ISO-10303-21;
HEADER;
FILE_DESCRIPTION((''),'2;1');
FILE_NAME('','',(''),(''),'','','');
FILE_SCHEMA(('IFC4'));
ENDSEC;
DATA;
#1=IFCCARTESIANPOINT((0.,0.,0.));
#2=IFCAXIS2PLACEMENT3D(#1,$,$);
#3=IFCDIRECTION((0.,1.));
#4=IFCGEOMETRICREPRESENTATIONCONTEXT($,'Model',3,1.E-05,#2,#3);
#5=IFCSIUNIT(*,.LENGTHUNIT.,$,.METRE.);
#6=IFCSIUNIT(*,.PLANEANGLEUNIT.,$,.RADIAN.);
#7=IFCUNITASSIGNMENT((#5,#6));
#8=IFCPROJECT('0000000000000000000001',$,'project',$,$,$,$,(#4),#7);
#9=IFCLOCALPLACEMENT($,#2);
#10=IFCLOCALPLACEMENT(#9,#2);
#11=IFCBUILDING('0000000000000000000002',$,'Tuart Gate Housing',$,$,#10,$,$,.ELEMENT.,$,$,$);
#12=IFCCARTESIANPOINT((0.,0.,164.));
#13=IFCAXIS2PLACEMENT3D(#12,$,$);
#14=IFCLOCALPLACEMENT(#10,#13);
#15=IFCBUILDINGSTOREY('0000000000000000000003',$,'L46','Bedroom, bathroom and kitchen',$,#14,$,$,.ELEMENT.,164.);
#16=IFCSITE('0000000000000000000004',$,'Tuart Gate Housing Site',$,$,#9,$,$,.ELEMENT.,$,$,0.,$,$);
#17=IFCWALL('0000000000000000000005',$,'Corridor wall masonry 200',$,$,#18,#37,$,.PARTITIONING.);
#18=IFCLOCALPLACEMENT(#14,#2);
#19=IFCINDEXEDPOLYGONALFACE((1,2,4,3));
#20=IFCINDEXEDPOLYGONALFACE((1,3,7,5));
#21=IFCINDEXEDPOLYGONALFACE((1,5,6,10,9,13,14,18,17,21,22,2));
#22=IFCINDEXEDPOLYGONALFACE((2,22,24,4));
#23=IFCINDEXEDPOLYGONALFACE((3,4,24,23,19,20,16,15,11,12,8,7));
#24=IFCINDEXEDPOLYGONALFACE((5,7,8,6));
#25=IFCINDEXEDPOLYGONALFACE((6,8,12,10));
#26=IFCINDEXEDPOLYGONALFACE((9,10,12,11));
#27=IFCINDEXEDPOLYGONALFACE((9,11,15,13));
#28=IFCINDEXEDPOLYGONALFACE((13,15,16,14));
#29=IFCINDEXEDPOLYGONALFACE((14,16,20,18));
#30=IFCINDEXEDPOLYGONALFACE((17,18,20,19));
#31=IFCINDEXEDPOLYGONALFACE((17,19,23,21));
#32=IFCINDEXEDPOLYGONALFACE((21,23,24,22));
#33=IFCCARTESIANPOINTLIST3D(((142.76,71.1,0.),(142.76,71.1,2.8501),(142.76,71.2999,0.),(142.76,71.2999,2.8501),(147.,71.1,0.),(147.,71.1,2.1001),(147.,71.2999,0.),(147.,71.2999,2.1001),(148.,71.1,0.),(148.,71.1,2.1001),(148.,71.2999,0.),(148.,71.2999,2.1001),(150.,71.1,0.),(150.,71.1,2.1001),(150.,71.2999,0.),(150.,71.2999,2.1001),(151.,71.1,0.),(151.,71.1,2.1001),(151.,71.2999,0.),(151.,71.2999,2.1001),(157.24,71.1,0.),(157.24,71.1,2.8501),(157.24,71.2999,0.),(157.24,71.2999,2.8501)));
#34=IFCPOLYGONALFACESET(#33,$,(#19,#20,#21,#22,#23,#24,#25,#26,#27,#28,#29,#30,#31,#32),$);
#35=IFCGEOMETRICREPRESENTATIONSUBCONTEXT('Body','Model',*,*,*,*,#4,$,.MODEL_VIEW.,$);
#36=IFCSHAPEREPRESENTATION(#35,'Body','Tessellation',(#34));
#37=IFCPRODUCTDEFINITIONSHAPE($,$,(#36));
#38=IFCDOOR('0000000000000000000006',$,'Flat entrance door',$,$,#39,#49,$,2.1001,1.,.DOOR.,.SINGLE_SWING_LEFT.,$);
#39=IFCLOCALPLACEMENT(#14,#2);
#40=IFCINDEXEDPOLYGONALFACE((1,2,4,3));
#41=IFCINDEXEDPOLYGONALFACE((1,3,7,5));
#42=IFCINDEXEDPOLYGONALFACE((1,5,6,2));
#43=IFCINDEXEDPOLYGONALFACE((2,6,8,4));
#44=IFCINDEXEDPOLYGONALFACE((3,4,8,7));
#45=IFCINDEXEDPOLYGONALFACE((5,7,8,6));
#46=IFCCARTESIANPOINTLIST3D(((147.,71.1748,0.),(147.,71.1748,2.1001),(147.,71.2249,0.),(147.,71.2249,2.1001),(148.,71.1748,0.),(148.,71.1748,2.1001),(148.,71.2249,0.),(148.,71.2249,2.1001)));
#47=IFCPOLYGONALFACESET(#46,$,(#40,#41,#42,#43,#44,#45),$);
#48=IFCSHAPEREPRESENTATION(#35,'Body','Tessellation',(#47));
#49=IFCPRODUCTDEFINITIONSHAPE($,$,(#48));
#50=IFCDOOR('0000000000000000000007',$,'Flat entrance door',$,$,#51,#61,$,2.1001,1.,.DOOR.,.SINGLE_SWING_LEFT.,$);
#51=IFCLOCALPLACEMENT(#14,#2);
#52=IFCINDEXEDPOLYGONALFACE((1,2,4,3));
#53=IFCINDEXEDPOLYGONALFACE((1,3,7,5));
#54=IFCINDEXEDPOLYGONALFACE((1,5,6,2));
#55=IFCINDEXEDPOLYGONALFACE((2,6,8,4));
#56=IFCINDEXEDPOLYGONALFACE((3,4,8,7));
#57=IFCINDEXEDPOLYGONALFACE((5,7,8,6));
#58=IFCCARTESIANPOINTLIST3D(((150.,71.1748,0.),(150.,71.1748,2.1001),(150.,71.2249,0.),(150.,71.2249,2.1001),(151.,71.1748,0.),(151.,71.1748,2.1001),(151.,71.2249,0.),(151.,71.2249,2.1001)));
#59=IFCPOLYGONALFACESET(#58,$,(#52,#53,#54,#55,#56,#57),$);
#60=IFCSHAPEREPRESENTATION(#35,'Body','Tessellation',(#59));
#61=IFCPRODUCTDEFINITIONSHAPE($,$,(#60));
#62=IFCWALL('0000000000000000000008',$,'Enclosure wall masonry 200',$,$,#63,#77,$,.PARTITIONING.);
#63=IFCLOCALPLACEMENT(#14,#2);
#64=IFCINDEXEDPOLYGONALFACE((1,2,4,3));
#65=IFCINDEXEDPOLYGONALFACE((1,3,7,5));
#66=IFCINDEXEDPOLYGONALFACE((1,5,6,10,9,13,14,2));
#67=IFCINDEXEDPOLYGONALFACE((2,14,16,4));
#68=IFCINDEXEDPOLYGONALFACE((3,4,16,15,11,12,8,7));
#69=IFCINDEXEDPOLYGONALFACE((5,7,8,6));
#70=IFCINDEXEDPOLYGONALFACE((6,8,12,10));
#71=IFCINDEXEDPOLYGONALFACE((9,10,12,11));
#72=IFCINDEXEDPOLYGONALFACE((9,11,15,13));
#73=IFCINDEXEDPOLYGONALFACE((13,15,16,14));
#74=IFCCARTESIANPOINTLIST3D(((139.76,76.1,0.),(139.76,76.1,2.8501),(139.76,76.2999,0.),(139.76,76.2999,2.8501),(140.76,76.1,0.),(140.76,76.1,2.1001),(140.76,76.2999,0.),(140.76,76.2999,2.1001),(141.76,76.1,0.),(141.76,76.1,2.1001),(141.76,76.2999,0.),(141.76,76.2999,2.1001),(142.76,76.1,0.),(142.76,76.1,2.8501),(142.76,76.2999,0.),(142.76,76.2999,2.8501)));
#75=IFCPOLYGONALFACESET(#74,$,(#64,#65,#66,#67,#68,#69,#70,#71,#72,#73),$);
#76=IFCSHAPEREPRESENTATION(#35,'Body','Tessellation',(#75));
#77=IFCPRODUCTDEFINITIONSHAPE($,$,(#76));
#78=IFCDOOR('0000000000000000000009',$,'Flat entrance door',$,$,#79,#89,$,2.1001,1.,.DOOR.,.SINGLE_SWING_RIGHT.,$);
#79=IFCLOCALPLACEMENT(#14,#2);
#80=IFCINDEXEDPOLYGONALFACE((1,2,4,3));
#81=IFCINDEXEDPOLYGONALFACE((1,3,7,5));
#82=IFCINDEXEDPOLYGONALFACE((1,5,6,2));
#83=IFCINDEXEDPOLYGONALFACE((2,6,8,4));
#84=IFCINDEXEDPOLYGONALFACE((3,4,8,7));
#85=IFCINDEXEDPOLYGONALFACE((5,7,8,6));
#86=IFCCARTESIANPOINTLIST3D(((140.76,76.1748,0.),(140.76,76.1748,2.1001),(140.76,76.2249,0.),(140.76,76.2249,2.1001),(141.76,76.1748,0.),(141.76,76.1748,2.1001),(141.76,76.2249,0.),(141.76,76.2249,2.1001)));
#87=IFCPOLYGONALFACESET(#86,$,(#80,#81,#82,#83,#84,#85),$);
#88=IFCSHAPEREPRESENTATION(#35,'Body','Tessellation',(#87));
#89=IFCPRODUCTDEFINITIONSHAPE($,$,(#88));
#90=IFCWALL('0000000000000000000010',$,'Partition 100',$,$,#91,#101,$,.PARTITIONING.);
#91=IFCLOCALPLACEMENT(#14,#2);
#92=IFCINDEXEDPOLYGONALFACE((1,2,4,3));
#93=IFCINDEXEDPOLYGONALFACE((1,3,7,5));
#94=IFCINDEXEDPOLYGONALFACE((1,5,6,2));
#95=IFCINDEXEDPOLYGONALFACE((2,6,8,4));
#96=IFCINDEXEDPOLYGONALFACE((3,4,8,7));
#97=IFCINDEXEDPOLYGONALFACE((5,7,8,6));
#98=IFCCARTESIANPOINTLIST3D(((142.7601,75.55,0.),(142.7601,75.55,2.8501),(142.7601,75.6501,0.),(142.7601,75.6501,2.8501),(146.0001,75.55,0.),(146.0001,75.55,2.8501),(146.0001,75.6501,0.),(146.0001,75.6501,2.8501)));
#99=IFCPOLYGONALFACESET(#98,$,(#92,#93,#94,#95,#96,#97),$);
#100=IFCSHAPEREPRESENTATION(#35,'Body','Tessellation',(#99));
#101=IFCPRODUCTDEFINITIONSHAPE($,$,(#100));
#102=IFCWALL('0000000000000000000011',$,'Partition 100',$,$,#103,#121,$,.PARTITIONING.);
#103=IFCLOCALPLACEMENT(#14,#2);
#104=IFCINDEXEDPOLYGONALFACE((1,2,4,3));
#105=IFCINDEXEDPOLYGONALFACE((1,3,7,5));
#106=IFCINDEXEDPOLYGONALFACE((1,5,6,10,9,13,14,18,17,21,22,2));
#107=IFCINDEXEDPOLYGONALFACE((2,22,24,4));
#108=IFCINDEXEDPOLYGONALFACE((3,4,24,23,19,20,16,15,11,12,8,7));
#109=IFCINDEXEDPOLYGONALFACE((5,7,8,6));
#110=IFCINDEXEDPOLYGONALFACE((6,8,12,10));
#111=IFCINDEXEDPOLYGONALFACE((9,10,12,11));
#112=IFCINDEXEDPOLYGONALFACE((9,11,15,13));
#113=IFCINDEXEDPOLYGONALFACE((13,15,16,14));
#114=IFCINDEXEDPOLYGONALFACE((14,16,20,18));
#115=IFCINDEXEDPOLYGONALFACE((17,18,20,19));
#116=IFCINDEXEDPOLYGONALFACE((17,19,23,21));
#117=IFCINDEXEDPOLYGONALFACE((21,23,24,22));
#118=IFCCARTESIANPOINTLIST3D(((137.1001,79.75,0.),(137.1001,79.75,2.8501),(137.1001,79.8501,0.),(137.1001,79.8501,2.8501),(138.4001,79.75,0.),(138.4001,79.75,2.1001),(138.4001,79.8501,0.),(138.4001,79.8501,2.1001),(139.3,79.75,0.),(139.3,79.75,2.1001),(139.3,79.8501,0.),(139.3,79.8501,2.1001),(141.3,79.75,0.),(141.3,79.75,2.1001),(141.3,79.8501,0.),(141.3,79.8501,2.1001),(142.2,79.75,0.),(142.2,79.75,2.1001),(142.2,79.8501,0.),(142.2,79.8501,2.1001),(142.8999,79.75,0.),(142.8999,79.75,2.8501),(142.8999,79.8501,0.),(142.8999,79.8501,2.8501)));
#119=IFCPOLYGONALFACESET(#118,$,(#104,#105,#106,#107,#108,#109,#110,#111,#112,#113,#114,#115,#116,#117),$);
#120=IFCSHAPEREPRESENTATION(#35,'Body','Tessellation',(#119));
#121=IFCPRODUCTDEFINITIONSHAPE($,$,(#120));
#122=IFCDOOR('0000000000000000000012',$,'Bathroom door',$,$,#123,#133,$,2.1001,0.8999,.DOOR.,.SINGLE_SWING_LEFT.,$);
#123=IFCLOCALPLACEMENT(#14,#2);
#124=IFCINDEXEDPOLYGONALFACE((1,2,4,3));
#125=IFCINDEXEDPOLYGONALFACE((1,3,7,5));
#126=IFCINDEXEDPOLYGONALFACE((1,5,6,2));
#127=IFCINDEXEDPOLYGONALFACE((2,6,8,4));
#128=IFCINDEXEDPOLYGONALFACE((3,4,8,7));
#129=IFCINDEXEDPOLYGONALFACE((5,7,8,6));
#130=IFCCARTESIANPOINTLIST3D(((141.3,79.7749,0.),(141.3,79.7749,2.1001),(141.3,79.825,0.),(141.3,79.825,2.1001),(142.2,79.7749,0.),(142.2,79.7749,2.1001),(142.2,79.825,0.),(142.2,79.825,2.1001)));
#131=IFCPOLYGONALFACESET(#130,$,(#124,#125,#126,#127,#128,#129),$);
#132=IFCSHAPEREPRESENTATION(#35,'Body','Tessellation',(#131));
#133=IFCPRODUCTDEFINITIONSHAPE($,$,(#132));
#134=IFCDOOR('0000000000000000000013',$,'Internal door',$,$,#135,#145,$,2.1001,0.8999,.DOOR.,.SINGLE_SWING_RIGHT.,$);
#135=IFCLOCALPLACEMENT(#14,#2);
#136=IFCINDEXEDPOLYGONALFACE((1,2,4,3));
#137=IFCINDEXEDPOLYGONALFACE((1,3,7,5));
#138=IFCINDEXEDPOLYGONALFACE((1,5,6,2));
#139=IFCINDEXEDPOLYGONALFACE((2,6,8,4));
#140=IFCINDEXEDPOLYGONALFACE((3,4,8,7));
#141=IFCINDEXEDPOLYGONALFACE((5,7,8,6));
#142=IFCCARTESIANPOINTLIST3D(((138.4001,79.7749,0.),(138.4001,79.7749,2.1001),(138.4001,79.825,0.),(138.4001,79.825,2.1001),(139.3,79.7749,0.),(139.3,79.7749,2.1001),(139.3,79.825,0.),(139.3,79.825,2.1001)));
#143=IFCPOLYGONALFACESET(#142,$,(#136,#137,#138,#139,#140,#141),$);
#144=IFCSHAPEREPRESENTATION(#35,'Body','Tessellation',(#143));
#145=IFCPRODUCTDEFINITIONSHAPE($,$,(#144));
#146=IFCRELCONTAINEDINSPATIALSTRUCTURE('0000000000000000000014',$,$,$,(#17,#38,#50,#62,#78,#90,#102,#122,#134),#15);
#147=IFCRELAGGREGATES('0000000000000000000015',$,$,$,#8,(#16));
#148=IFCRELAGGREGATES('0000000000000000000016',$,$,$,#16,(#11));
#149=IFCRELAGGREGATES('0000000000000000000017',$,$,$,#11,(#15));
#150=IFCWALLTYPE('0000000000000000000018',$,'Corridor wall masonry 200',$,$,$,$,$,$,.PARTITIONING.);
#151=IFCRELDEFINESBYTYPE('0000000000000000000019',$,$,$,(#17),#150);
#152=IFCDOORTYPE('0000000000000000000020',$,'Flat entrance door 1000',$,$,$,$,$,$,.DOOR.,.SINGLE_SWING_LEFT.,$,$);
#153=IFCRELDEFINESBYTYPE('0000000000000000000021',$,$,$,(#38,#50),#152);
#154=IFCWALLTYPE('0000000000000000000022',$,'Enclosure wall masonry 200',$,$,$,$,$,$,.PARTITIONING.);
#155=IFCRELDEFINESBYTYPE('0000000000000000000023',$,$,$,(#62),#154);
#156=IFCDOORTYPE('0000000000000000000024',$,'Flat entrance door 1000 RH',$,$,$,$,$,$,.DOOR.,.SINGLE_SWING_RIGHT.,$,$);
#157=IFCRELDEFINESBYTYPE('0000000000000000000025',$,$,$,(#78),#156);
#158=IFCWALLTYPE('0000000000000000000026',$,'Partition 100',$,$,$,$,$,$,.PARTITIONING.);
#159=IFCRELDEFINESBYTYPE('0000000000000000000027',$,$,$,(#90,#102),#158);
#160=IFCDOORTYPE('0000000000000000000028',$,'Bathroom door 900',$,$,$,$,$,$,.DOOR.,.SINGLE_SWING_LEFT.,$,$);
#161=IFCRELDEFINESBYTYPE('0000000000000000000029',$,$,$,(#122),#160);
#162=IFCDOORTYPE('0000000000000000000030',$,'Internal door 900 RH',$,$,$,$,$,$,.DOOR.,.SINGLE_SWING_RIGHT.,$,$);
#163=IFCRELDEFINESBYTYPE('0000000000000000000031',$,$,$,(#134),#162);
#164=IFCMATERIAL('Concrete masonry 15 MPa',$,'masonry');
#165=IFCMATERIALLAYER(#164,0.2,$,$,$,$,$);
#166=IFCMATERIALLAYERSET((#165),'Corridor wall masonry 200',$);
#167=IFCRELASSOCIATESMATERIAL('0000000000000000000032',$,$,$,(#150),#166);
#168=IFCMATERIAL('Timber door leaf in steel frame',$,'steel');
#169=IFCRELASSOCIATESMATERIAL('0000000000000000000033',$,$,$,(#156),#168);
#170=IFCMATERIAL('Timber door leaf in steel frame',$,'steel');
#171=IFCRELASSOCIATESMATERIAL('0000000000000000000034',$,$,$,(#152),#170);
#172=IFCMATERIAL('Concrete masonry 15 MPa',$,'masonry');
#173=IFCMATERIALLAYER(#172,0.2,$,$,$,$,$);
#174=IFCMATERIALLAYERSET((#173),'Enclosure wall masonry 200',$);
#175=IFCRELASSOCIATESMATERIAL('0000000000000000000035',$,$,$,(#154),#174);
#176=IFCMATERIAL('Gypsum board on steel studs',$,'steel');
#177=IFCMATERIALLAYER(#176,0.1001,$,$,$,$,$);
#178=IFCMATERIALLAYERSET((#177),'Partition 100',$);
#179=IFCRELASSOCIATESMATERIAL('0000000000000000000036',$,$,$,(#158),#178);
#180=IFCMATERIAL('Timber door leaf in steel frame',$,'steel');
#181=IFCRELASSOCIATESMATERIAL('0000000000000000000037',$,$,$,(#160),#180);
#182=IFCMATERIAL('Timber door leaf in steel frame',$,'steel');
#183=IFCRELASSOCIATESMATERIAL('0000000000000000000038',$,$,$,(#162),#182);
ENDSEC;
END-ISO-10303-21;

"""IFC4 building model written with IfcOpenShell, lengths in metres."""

from ifc_helpers import new_model, si_unit, direction, frame, frame_2d, origin, place, context, subcontext, project, spatial, rectangle, extrude, material, layer, layer_set, type_object, element, fill, save


model = new_model("IFC4")

# Units and contexts
model_context = context("Model", 3, precision=1e-05, world=origin(), true_north=direction((0.0, 1.0)))
body_context = subcontext(model_context, "Body", "Model", "MODEL_VIEW")
ifc_project = project(units=[si_unit("LENGTHUNIT", "METRE"), si_unit("PLANEANGLEUNIT", "RADIAN")], contexts=[model_context])

# Site, building, storey
site_placement = place(None, origin())
site = spatial("IfcSite", under=ifc_project, at=site_placement, Name="Tuart Gate Housing Site", CompositionType="ELEMENT", RefElevation=0.0)
building_placement = place(site_placement, origin())
building = spatial("IfcBuilding", under=site, at=building_placement, Name="Tuart Gate Housing", CompositionType="ELEMENT")
storey_placement = place(building_placement, frame((0.0, 0.0, 164.0)))
storey = spatial("IfcBuildingStorey", under=building, at=storey_placement, Name="L46", Description="Bedroom, bathroom and kitchen", CompositionType="ELEMENT", Elevation=164.0)

# Wall, openings, doors
ifc_material_1 = material(Name="Concrete masonry 15 MPa", Category="masonry")
ifc_layer_1 = layer(ifc_material_1, 0.2)
ifc_layer_set_1 = layer_set([ifc_layer_1], Name="Corridor wall masonry 200")
wall_type_1 = type_object("IfcWallType", Name="Corridor wall masonry 200", PredefinedType="PARTITIONING", material=ifc_layer_set_1)
ifc_material_2 = material(Name="Timber door leaf in steel frame", Category="steel")
door_type_1 = type_object("IfcDoorType", Name="Flat entrance door 1000 RH", OperationType="SINGLE_SWING_RIGHT", PredefinedType="DOOR", material=ifc_material_2)
wall_1_placement = place(storey_placement, frame((142.76, 71.2, 0.0), z_axis=(0.0, 0.0, 1.0), x_axis=(1.0, 0.0, 0.0)))
wall_1 = element("IfcWall", 1, at=wall_1_placement, inside=storey, type_object=wall_type_1, Name="Corridor wall masonry 200", PredefinedType="PARTITIONING", context=body_context, shape_type="SweptSolid", body=[
    extrude(rectangle(XDim=14.48, YDim=0.2, at=frame_2d((7.24, 0.0))), origin(), (0.0, 0.0, 1.0), 2.8501),
])
opening_1_placement = place(wall_1_placement, frame((4.24, 0.0, 0.0)))
opening_1 = element("IfcOpeningElement", 2, at=opening_1_placement, cuts=wall_1, PredefinedType="OPENING", context=body_context, shape_type="SweptSolid", body=[
    extrude(rectangle(XDim=1.0, YDim=2.1001, at=frame_2d((0.5, 1.05))), frame((0.0, 0.1099, 0.0), z_axis=(0.0, -1.0, 0.0), x_axis=(1.0, 0.0, 0.0)), (0.0, 0.0, 1.0), 0.22),
])
opening_2_placement = place(wall_1_placement, frame((7.24, 0.0, 0.0)))
opening_2 = element("IfcOpeningElement", 3, at=opening_2_placement, cuts=wall_1, PredefinedType="OPENING", context=body_context, shape_type="SweptSolid", body=[
    extrude(rectangle(XDim=1.0, YDim=2.1001, at=frame_2d((0.5, 1.05))), frame((0.0, 0.1099, 0.0), z_axis=(0.0, -1.0, 0.0), x_axis=(1.0, 0.0, 0.0)), (0.0, 0.0, 1.0), 0.22),
])
ifc_material_3 = material(Name="Timber door leaf in steel frame", Category="steel")
door_type_2 = type_object("IfcDoorType", Name="Flat entrance door 1000", OperationType="SINGLE_SWING_LEFT", PredefinedType="DOOR", material=ifc_material_3)
door_1_placement = place(opening_1_placement, origin())
door_1 = element("IfcDoor", 4, at=door_1_placement, inside=storey, type_object=door_type_2, Name="Flat entrance door", OperationType="SINGLE_SWING_LEFT", OverallHeight=2.1001, OverallWidth=1.0, PredefinedType="DOOR", context=body_context, shape_type="SweptSolid", body=[
    extrude(rectangle(XDim=1.0, YDim=2.1001, at=frame_2d((0.5, 1.05))), frame((0.0, 0.0249, 0.0), z_axis=(0.0, -1.0, 0.0), x_axis=(1.0, 0.0, 0.0)), (0.0, 0.0, 1.0), 0.05),
])
fill(opening_1, door_1)
door_2_placement = place(opening_2_placement, origin())
door_2 = element("IfcDoor", 5, at=door_2_placement, inside=storey, type_object=door_type_2, Name="Flat entrance door", OperationType="SINGLE_SWING_LEFT", OverallHeight=2.1001, OverallWidth=1.0, PredefinedType="DOOR", context=body_context, shape_type="SweptSolid", body=[
    extrude(rectangle(XDim=1.0, YDim=2.1001, at=frame_2d((0.5, 1.05))), frame((0.0, 0.0249, 0.0), z_axis=(0.0, -1.0, 0.0), x_axis=(1.0, 0.0, 0.0)), (0.0, 0.0, 1.0), 0.05),
])
fill(opening_2, door_2)

# Wall, opening, door
ifc_material_4 = material(Name="Concrete masonry 15 MPa", Category="masonry")
ifc_layer_2 = layer(ifc_material_4, 0.2)
ifc_layer_set_2 = layer_set([ifc_layer_2], Name="Enclosure wall masonry 200")
wall_type_2 = type_object("IfcWallType", Name="Enclosure wall masonry 200", PredefinedType="PARTITIONING", material=ifc_layer_set_2)
wall_2_placement = place(storey_placement, frame((139.76, 76.2, 0.0), z_axis=(0.0, 0.0, 1.0), x_axis=(1.0, 0.0, 0.0)))
wall_2 = element("IfcWall", 6, at=wall_2_placement, inside=storey, type_object=wall_type_2, Name="Enclosure wall masonry 200", PredefinedType="PARTITIONING", context=body_context, shape_type="SweptSolid", body=[
    extrude(rectangle(XDim=3.0, YDim=0.2, at=frame_2d((1.5, 0.0))), origin(), (0.0, 0.0, 1.0), 2.8501),
])
opening_3_placement = place(wall_2_placement, frame((1.0, 0.0, 0.0)))
opening_3 = element("IfcOpeningElement", 7, at=opening_3_placement, cuts=wall_2, PredefinedType="OPENING", context=body_context, shape_type="SweptSolid", body=[
    extrude(rectangle(XDim=1.0, YDim=2.1001, at=frame_2d((0.5, 1.05))), frame((0.0, 0.1099, 0.0), z_axis=(0.0, -1.0, 0.0), x_axis=(1.0, 0.0, 0.0)), (0.0, 0.0, 1.0), 0.22),
])
door_3_placement = place(opening_3_placement, origin())
door_3 = element("IfcDoor", 8, at=door_3_placement, inside=storey, type_object=door_type_1, Name="Flat entrance door", OperationType="SINGLE_SWING_RIGHT", OverallHeight=2.1001, OverallWidth=1.0, PredefinedType="DOOR", context=body_context, shape_type="SweptSolid", body=[
    extrude(rectangle(XDim=1.0, YDim=2.1001, at=frame_2d((0.5, 1.05))), frame((0.0, 0.0249, 0.0), z_axis=(0.0, -1.0, 0.0), x_axis=(1.0, 0.0, 0.0)), (0.0, 0.0, 1.0), 0.05),
])
fill(opening_3, door_3)

# Wall
ifc_material_5 = material(Name="Gypsum board on steel studs", Category="steel")
ifc_layer_3 = layer(ifc_material_5, 0.1001)
ifc_layer_set_3 = layer_set([ifc_layer_3], Name="Partition 100")
wall_type_3 = type_object("IfcWallType", Name="Partition 100", PredefinedType="PARTITIONING", material=ifc_layer_set_3)
wall_3_placement = place(storey_placement, frame((142.76, 75.6001, 0.0), z_axis=(0.0, 0.0, 1.0), x_axis=(1.0, 0.0, 0.0)))
element("IfcWall", 9, at=wall_3_placement, inside=storey, type_object=wall_type_3, Name="Partition 100", PredefinedType="PARTITIONING", context=body_context, shape_type="SweptSolid", body=[
    extrude(rectangle(XDim=3.24, YDim=0.1001, at=frame_2d((1.6201, 0.0))), origin(), (0.0, 0.0, 1.0), 2.8501),
])

# Wall, openings, doors
wall_4_placement = place(storey_placement, frame((137.1001, 79.8, 0.0), z_axis=(0.0, 0.0, 1.0), x_axis=(1.0, 0.0, 0.0)))
wall_4 = element("IfcWall", 10, at=wall_4_placement, inside=storey, type_object=wall_type_3, Name="Partition 100", PredefinedType="PARTITIONING", context=body_context, shape_type="SweptSolid", body=[
    extrude(rectangle(XDim=5.7998, YDim=0.1001, at=frame_2d((2.8999, 0.0))), origin(), (0.0, 0.0, 1.0), 2.8501),
])
opening_4_placement = place(wall_4_placement, frame((1.3, 0.0, 0.0)))
opening_4 = element("IfcOpeningElement", 11, at=opening_4_placement, cuts=wall_4, PredefinedType="OPENING", context=body_context, shape_type="SweptSolid", body=[
    extrude(rectangle(XDim=0.8999, YDim=2.1001, at=frame_2d((0.45, 1.05))), frame((0.0, 0.0601, 0.0), z_axis=(0.0, -1.0, 0.0), x_axis=(1.0, 0.0, 0.0)), (0.0, 0.0, 1.0), 0.1201),
])
opening_5_placement = place(wall_4_placement, frame((4.2, 0.0, 0.0)))
opening_5 = element("IfcOpeningElement", 12, at=opening_5_placement, cuts=wall_4, PredefinedType="OPENING", context=body_context, shape_type="SweptSolid", body=[
    extrude(rectangle(XDim=0.8999, YDim=2.1001, at=frame_2d((0.45, 1.05))), frame((0.0, 0.0601, 0.0), z_axis=(0.0, -1.0, 0.0), x_axis=(1.0, 0.0, 0.0)), (0.0, 0.0, 1.0), 0.1201),
])
ifc_material_6 = material(Name="Timber door leaf in steel frame", Category="steel")
door_type_3 = type_object("IfcDoorType", Name="Bathroom door 900", OperationType="SINGLE_SWING_LEFT", PredefinedType="DOOR", material=ifc_material_6)
door_4_placement = place(opening_5_placement, origin())
door_4 = element("IfcDoor", 13, at=door_4_placement, inside=storey, type_object=door_type_3, Name="Bathroom door", OperationType="SINGLE_SWING_LEFT", OverallHeight=2.1001, OverallWidth=0.8999, PredefinedType="DOOR", context=body_context, shape_type="SweptSolid", body=[
    extrude(rectangle(XDim=0.8999, YDim=2.1001, at=frame_2d((0.45, 1.05))), frame((0.0, 0.0249, 0.0), z_axis=(0.0, -1.0, 0.0), x_axis=(1.0, 0.0, 0.0)), (0.0, 0.0, 1.0), 0.05),
])
fill(opening_5, door_4)
ifc_material_7 = material(Name="Timber door leaf in steel frame", Category="steel")
door_type_4 = type_object("IfcDoorType", Name="Internal door 900 RH", OperationType="SINGLE_SWING_RIGHT", PredefinedType="DOOR", material=ifc_material_7)
door_5_placement = place(opening_4_placement, origin())
door_5 = element("IfcDoor", 14, at=door_5_placement, inside=storey, type_object=door_type_4, Name="Internal door", OperationType="SINGLE_SWING_RIGHT", OverallHeight=2.1001, OverallWidth=0.8999, PredefinedType="DOOR", context=body_context, shape_type="SweptSolid", body=[
    extrude(rectangle(XDim=0.8999, YDim=2.1001, at=frame_2d((0.45, 1.05))), frame((0.0, 0.0249, 0.0), z_axis=(0.0, -1.0, 0.0), x_axis=(1.0, 0.0, 0.0)), (0.0, 0.0, 1.0), 0.05),
])
fill(opening_4, door_5)

save(model, "model.ifc")
